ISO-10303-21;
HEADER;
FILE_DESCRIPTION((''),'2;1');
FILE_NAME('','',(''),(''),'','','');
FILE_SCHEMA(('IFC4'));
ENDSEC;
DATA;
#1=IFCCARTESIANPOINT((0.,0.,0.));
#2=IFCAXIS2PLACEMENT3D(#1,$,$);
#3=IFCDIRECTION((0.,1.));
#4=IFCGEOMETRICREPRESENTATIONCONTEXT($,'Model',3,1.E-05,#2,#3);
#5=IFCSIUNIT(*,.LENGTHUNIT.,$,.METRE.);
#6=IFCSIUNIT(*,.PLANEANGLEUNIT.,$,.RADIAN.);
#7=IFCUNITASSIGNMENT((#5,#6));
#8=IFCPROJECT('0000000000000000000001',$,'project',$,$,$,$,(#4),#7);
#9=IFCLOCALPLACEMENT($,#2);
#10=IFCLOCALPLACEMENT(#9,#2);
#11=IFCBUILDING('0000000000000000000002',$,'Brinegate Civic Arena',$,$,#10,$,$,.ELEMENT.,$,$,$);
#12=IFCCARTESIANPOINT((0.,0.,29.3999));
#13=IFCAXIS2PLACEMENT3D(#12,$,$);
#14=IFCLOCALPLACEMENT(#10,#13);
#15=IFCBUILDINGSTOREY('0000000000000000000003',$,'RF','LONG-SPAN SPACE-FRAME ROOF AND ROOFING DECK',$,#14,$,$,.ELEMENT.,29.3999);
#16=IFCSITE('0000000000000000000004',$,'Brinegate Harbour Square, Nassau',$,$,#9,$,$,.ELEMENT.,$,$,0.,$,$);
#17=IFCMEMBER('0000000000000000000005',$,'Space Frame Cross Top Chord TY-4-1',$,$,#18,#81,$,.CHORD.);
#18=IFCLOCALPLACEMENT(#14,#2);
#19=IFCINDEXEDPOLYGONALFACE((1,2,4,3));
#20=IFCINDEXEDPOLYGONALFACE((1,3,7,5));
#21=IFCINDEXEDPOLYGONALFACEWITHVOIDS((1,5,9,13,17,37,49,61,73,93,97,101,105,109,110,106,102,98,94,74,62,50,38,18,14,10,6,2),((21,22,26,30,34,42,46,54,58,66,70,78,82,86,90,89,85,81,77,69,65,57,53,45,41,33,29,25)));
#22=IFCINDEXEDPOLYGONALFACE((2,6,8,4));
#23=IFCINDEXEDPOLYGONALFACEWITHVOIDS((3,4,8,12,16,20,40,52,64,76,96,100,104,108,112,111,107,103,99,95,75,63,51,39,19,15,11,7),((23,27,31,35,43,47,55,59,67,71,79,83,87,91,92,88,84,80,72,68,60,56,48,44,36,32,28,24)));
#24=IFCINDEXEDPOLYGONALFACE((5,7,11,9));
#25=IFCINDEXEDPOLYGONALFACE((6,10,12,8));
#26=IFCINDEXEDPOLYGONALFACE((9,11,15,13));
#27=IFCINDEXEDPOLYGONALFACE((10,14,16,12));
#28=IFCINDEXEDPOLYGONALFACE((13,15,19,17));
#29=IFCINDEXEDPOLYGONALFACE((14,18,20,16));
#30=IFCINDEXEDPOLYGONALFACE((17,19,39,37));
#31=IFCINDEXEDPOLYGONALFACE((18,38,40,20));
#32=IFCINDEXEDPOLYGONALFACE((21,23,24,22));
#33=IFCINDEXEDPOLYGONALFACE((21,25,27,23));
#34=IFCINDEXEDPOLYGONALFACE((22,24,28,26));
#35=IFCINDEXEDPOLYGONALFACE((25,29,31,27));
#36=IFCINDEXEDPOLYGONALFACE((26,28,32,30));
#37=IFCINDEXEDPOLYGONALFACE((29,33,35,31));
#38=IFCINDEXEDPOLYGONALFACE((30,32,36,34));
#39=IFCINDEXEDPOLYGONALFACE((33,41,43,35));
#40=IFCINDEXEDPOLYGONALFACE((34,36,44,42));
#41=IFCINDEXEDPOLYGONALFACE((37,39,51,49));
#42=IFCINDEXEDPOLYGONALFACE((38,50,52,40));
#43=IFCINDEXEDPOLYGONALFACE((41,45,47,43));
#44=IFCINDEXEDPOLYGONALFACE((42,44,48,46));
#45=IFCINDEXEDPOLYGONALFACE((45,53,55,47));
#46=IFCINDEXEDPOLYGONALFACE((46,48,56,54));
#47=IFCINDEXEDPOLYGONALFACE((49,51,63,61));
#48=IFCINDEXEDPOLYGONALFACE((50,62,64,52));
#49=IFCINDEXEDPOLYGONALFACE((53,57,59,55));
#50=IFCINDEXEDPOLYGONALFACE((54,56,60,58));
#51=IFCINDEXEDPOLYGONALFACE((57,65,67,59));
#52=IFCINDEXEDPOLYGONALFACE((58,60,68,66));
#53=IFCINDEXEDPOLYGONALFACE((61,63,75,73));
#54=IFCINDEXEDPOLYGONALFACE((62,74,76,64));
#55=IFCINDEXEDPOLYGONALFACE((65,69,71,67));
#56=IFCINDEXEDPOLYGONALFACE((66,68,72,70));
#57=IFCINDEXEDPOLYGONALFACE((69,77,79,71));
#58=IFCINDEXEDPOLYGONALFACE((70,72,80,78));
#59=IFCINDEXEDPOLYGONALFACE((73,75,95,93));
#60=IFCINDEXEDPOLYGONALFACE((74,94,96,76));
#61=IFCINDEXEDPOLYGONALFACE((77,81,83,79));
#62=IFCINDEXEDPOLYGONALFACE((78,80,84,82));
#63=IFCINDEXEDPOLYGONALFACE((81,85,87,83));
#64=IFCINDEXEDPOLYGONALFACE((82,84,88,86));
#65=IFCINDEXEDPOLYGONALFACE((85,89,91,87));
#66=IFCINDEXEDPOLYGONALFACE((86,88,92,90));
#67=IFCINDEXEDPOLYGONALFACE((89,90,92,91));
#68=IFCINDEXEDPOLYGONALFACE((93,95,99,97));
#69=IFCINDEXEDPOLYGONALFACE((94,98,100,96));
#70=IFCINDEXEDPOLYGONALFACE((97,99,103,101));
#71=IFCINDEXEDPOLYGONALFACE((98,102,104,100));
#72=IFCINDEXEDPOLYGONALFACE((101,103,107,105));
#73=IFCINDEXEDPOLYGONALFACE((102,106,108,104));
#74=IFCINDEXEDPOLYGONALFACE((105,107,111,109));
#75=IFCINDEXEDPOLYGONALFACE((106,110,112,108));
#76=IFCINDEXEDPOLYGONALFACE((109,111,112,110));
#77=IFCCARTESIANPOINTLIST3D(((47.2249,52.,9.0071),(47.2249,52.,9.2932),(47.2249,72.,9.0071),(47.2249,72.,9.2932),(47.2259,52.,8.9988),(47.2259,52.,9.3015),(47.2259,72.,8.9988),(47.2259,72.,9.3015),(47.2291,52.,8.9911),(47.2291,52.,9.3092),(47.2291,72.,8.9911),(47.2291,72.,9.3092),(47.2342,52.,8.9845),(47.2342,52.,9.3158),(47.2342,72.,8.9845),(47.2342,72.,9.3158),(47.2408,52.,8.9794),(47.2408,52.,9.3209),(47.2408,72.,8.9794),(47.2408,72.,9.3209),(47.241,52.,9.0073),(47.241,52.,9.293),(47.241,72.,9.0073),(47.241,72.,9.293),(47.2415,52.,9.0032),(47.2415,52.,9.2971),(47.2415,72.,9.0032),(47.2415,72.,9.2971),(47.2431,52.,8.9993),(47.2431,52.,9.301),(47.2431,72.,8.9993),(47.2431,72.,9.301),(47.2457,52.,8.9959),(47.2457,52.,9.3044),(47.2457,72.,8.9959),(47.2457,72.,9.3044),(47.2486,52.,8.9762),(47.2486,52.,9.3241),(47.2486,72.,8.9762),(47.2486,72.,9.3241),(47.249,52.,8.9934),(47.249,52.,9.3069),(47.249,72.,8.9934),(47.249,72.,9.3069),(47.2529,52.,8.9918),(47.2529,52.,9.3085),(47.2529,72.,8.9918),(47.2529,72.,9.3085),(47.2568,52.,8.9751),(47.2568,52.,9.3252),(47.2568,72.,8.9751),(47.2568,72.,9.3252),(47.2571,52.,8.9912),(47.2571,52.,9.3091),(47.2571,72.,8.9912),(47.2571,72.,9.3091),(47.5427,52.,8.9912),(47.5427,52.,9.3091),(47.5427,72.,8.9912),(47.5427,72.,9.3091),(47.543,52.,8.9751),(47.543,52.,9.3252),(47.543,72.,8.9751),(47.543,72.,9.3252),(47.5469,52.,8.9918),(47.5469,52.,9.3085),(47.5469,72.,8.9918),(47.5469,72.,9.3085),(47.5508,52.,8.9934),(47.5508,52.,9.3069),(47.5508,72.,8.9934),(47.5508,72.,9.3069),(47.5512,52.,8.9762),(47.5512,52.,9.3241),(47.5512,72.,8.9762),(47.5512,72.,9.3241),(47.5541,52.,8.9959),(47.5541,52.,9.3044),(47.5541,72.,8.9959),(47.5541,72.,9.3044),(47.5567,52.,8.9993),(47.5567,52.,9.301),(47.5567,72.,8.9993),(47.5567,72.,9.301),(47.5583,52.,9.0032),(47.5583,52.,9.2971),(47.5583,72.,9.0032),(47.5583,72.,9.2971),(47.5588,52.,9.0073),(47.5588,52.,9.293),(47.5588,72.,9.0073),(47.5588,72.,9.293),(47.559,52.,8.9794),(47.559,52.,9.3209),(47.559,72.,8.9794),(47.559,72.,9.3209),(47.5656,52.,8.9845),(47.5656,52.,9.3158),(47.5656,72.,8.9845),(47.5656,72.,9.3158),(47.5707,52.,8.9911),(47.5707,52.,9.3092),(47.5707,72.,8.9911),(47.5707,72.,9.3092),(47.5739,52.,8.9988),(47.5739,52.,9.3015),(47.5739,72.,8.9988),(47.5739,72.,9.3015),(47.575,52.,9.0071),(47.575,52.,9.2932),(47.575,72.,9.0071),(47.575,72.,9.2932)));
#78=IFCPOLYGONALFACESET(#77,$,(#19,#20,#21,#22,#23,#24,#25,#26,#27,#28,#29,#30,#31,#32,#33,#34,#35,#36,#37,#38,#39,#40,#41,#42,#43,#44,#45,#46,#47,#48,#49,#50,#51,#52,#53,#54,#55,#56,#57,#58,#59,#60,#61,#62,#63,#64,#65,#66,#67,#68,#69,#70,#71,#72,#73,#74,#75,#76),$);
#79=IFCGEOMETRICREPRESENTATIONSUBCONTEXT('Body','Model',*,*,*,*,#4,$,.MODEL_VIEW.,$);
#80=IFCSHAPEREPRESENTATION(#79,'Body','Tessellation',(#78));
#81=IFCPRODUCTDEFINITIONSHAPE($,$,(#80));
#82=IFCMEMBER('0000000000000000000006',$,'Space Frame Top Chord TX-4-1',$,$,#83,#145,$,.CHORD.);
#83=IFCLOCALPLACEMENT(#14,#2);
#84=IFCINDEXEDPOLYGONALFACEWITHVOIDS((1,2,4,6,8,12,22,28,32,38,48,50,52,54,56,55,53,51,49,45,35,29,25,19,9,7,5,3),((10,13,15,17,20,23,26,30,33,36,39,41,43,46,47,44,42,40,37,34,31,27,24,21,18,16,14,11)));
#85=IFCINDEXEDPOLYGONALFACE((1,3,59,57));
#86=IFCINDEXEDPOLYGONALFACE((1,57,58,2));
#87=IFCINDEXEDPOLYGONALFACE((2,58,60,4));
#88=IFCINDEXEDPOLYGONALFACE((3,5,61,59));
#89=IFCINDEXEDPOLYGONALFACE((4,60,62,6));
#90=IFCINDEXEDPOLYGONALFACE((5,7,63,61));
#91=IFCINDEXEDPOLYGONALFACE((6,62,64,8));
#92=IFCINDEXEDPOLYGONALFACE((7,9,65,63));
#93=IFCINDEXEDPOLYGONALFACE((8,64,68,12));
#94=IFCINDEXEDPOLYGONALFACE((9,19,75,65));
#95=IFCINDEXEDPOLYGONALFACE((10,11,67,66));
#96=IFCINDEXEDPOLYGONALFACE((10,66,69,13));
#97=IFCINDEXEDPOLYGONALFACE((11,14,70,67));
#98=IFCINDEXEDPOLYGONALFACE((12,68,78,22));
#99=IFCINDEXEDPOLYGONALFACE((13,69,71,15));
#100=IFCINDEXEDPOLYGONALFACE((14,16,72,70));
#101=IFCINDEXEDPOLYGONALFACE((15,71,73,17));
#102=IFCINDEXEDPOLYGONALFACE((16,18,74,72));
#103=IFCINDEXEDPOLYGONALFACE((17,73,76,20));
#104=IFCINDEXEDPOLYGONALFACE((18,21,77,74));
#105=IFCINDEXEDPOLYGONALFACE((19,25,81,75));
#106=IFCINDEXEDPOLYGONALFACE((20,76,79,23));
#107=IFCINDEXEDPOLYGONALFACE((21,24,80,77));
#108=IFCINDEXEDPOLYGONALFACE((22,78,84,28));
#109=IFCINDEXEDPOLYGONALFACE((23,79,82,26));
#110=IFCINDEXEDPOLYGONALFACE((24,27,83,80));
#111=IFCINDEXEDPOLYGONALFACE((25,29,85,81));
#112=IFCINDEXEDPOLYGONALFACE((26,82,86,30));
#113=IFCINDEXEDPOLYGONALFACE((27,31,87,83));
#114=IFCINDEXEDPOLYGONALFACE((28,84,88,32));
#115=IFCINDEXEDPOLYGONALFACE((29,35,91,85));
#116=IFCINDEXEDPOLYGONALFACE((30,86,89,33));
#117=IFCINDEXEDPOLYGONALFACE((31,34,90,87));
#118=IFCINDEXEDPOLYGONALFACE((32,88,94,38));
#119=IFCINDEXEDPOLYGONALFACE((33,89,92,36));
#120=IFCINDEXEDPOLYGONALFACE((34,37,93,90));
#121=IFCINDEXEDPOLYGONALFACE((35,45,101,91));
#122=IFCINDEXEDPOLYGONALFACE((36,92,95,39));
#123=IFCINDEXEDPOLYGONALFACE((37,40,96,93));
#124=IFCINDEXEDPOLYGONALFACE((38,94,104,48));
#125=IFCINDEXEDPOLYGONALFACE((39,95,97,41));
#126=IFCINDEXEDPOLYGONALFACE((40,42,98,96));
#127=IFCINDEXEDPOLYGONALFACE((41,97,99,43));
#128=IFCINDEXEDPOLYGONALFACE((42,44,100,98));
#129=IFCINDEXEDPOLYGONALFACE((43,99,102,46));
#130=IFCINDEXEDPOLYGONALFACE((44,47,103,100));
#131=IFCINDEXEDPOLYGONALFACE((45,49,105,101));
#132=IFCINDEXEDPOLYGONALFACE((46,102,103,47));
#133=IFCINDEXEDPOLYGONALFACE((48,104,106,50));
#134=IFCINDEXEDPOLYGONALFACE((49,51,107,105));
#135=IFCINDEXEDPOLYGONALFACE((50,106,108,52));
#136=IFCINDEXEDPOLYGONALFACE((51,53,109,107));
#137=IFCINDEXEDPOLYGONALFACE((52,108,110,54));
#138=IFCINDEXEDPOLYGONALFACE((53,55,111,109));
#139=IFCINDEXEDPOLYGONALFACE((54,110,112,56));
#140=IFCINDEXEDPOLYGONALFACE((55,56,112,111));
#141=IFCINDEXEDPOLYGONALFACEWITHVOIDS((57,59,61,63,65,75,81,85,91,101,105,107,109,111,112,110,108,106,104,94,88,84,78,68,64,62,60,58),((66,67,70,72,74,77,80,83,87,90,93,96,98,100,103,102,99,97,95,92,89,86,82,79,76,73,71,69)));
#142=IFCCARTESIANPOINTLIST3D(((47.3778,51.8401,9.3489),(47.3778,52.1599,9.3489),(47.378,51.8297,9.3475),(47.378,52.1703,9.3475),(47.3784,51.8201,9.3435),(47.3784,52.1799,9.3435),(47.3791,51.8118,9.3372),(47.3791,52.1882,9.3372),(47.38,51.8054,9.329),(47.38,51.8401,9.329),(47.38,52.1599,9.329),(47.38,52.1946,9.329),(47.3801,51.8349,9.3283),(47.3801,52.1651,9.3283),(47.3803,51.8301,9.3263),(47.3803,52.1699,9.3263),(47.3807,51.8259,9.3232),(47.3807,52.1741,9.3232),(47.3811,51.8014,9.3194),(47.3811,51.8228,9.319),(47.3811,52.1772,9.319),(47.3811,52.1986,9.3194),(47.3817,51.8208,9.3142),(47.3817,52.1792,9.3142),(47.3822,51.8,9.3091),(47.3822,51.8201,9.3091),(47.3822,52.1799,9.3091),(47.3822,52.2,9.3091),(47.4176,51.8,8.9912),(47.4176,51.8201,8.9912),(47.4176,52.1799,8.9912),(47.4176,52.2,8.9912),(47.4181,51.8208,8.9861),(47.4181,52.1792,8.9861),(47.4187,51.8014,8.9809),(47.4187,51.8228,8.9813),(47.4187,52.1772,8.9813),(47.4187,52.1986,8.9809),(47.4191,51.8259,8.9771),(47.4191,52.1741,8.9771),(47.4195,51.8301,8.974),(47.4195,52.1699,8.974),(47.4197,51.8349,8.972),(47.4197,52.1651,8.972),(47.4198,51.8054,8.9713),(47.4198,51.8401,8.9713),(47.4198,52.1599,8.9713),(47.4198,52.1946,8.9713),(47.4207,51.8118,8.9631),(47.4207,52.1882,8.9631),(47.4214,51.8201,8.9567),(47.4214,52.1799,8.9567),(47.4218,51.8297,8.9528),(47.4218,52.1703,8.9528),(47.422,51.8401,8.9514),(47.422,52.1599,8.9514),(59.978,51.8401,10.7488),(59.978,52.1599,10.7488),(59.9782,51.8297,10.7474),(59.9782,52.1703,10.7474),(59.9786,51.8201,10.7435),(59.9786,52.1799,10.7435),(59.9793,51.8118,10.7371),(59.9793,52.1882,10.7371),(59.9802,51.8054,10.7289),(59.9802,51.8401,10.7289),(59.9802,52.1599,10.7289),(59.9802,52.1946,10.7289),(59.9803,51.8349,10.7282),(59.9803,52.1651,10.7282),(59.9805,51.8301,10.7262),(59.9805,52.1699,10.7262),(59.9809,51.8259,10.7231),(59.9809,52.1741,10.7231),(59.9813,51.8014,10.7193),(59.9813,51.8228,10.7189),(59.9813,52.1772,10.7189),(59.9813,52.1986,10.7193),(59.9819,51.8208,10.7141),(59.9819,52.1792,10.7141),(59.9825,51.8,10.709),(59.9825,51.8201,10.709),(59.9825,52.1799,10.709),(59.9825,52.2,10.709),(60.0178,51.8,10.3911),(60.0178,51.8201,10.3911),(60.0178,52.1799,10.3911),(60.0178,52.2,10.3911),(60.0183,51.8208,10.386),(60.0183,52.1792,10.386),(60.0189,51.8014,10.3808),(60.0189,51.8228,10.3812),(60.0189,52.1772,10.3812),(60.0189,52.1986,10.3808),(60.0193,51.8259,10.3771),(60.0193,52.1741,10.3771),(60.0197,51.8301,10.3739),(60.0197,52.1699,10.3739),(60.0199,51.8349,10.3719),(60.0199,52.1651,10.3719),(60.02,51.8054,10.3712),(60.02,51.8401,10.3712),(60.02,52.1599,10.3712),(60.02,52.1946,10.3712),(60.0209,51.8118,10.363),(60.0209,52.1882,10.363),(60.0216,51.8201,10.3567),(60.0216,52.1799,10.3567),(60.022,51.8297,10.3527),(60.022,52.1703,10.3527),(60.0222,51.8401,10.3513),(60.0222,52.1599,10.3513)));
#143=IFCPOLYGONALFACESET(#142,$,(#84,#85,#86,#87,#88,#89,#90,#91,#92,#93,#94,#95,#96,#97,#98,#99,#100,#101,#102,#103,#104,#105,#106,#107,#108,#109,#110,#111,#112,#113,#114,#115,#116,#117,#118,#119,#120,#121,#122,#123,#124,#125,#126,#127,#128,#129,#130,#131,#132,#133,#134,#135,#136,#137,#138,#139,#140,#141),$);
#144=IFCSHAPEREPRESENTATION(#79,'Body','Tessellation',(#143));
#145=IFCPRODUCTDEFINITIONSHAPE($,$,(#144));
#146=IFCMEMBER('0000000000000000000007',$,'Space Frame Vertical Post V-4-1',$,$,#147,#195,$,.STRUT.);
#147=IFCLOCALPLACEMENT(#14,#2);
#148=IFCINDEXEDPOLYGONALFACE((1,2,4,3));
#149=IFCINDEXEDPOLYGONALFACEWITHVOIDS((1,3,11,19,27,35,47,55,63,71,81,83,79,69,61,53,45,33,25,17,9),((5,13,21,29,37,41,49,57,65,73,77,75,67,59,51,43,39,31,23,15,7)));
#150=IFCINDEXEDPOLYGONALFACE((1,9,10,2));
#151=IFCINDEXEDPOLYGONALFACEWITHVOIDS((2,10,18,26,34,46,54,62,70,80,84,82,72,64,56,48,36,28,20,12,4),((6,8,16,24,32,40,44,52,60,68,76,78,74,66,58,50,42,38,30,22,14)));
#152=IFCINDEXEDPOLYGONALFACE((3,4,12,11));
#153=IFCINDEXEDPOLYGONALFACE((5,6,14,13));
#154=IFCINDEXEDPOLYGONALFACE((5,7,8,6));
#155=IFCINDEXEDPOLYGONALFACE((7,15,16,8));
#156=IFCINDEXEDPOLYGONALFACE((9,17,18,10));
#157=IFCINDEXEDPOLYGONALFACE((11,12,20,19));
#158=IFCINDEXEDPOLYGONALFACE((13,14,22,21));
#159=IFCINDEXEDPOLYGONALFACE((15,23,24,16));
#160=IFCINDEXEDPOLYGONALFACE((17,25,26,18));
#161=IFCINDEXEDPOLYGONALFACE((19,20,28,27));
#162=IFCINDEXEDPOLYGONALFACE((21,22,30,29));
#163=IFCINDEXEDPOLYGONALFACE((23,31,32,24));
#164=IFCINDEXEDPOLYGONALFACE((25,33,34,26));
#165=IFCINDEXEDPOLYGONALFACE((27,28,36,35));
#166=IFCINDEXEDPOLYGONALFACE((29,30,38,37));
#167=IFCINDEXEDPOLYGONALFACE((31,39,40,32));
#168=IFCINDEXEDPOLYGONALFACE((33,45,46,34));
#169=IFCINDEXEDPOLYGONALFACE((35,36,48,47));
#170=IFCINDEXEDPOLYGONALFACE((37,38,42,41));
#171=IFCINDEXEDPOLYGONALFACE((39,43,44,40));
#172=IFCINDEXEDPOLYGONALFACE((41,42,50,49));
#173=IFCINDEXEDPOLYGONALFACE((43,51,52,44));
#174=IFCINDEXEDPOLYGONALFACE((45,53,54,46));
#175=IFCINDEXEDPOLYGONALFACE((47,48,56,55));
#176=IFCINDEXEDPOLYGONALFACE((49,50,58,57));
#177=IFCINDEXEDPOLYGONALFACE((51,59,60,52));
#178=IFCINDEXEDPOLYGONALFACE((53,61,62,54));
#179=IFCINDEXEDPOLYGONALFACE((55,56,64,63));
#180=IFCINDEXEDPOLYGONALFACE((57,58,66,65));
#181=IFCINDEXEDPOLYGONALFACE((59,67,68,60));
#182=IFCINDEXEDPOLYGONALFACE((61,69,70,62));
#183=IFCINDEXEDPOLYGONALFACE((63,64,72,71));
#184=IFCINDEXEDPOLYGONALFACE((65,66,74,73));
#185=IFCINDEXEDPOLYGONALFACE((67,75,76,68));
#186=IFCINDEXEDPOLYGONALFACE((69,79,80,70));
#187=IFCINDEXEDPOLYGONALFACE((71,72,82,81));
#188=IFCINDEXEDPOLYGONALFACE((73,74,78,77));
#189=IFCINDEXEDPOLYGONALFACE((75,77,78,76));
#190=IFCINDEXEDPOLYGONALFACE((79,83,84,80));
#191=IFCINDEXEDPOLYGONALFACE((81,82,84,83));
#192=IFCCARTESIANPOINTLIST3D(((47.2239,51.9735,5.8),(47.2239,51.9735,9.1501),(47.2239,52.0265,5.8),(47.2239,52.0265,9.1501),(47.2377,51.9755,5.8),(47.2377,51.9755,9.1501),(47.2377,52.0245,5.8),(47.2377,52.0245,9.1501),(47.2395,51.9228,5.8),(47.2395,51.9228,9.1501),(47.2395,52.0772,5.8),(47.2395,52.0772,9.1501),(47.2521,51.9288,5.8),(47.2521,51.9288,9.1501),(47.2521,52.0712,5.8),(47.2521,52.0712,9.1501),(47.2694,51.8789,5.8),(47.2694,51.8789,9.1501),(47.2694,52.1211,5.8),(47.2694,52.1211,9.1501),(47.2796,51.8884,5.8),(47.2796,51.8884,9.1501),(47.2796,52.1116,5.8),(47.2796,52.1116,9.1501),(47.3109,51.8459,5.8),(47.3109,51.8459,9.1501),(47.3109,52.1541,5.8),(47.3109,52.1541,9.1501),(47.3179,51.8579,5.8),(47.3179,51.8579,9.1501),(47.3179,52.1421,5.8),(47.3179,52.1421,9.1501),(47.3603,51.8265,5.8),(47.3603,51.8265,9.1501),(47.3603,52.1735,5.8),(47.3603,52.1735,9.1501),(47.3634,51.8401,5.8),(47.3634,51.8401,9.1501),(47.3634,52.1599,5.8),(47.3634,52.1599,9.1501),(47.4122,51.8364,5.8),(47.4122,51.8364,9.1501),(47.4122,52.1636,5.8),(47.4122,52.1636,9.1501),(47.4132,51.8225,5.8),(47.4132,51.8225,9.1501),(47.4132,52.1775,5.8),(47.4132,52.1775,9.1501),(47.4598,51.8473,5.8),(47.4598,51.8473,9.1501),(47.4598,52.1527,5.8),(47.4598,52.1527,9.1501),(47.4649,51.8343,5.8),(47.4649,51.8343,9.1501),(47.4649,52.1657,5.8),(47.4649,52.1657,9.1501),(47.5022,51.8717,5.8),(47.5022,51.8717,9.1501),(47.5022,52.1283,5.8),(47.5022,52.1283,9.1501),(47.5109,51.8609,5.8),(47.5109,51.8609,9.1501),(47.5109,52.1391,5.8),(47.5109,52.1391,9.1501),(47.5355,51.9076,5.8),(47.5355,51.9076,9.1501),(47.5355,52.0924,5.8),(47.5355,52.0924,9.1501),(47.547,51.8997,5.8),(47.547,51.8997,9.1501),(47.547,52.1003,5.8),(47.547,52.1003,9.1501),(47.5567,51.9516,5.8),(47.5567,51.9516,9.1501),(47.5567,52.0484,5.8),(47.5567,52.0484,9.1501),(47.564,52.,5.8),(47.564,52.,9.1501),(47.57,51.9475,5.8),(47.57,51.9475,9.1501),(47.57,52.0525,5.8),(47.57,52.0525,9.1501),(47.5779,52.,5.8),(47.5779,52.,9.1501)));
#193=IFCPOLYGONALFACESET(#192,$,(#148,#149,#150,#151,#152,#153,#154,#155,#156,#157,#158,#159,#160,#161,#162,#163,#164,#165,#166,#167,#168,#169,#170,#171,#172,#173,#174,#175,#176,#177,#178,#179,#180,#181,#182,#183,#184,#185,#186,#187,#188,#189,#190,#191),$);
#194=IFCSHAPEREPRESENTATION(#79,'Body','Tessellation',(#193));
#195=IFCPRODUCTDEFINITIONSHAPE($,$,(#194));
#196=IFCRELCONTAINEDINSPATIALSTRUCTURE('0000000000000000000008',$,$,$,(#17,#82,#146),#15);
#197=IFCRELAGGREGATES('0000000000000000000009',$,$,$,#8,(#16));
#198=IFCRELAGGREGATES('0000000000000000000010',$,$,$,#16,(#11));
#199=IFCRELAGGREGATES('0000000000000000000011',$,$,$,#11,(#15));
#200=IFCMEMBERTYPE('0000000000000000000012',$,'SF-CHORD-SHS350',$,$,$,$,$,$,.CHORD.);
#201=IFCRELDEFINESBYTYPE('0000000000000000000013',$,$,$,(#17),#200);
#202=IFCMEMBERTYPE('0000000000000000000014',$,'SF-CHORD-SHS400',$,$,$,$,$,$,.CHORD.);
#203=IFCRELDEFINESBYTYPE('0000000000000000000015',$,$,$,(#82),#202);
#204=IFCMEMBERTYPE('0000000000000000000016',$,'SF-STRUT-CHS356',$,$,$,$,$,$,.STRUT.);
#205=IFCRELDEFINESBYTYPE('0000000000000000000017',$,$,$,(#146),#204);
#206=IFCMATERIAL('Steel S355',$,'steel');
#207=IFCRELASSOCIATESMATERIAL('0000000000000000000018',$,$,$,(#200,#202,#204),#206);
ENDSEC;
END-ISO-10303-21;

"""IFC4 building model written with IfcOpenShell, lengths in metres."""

from ifc_helpers import new_model, si_unit, direction, frame, origin, origin_2d, place, context, subcontext, project, spatial, hollow_rectangle, hollow_circle, extrude, material, material_profile, profile_set, type_object, element, save


model = new_model("IFC4")

# Units and contexts
model_context = context("Model", 3, precision=1e-05, world=origin(), true_north=direction((0.0, 1.0)))
body_context = subcontext(model_context, "Body", "Model", "MODEL_VIEW")
ifc_project = project(units=[si_unit("LENGTHUNIT", "METRE"), si_unit("PLANEANGLEUNIT", "RADIAN")], contexts=[model_context])

# Site, building, storey
site_placement = place(None, origin())
site = spatial("IfcSite", under=ifc_project, at=site_placement, Name="Brinegate Harbour Square, Nassau", CompositionType="ELEMENT", RefElevation=0.0)
building_placement = place(site_placement, origin())
building = spatial("IfcBuilding", under=site, at=building_placement, Name="Brinegate Civic Arena", CompositionType="ELEMENT")
storey_placement = place(building_placement, frame((0.0, 0.0, 29.3999)))
storey = spatial("IfcBuildingStorey", under=building, at=storey_placement, Name="RF", Description="LONG-SPAN SPACE-FRAME ROOF AND ROOFING DECK", CompositionType="ELEMENT", Elevation=29.3999)

# Shared definitions
ifc_material_1 = material(Name="Steel S355", Category="steel")

# Members
ifc_material_profile_1 = material_profile(ifc_material_1, hollow_rectangle(XDim=0.3501, YDim=0.3501, WallThickness=0.0161, InnerFilletRadius=0.0161, OuterFilletRadius=0.032, at=origin_2d()), Name="SHS350X16")
ifc_profile_set_1 = profile_set([ifc_material_profile_1], Name="Steel S355")
member_type_1 = type_object("IfcMemberType", Name="SF-CHORD-SHS350", PredefinedType="CHORD", material=ifc_profile_set_1)
member_1_placement = place(storey_placement, frame((47.3999, 52.0, 9.1501), z_axis=(0.0, 1.0, 0.0), x_axis=(-1.0, 0.0, 0.0)))
element("IfcMember", 1, at=member_1_placement, inside=storey, type_object=member_type_1, Name="Space Frame Cross Top Chord TY-4-1", PredefinedType="CHORD", context=body_context, shape_type="SweptSolid", body=[
    extrude(hollow_rectangle(XDim=0.3501, YDim=0.3501, WallThickness=0.0161, InnerFilletRadius=0.0161, OuterFilletRadius=0.032, at=origin_2d()), origin(), (0.0, 0.0, 1.0), 20.0),
])
ifc_material_profile_2 = material_profile(ifc_material_1, hollow_rectangle(XDim=0.3999, YDim=0.3999, WallThickness=0.02, InnerFilletRadius=0.02, OuterFilletRadius=0.04, at=origin_2d()), Name="SHS400X20")
ifc_profile_set_2 = profile_set([ifc_material_profile_2], Name="Steel S355")
member_type_2 = type_object("IfcMemberType", Name="SF-CHORD-SHS400", PredefinedType="CHORD", material=ifc_profile_set_2)
member_2_placement = place(storey_placement, frame((47.3999, 52.0, 9.1501), z_axis=(0.993885, 0.0, 0.110423), x_axis=(0.0, 1.0, 0.0)))
element("IfcMember", 2, at=member_2_placement, inside=storey, type_object=member_type_2, Name="Space Frame Top Chord TX-4-1", PredefinedType="CHORD", context=body_context, shape_type="SweptSolid", body=[
    extrude(hollow_rectangle(XDim=0.3999, YDim=0.3999, WallThickness=0.02, InnerFilletRadius=0.02, OuterFilletRadius=0.04, at=origin_2d()), origin(), (0.0, 0.0, 1.0), 12.6777),
])
ifc_material_profile_3 = material_profile(ifc_material_1, hollow_circle(Radius=0.178, WallThickness=0.0139, at=origin_2d()), Name="CHS356X14")
ifc_profile_set_3 = profile_set([ifc_material_profile_3], Name="Steel S355")
member_type_3 = type_object("IfcMemberType", Name="SF-STRUT-CHS356", PredefinedType="STRUT", material=ifc_profile_set_3)
member_3_placement = place(storey_placement, frame((47.3999, 52.0, 5.8), z_axis=(0.0, 0.0, 1.0), x_axis=(1.0, 0.0, 0.0)))
element("IfcMember", 3, at=member_3_placement, inside=storey, type_object=member_type_3, Name="Space Frame Vertical Post V-4-1", PredefinedType="STRUT", context=body_context, shape_type="SweptSolid", body=[
    extrude(hollow_circle(Radius=0.178, WallThickness=0.0139, at=origin_2d()), origin(), (0.0, 0.0, 1.0), 3.3501),
])

save(model, "model.ifc")
